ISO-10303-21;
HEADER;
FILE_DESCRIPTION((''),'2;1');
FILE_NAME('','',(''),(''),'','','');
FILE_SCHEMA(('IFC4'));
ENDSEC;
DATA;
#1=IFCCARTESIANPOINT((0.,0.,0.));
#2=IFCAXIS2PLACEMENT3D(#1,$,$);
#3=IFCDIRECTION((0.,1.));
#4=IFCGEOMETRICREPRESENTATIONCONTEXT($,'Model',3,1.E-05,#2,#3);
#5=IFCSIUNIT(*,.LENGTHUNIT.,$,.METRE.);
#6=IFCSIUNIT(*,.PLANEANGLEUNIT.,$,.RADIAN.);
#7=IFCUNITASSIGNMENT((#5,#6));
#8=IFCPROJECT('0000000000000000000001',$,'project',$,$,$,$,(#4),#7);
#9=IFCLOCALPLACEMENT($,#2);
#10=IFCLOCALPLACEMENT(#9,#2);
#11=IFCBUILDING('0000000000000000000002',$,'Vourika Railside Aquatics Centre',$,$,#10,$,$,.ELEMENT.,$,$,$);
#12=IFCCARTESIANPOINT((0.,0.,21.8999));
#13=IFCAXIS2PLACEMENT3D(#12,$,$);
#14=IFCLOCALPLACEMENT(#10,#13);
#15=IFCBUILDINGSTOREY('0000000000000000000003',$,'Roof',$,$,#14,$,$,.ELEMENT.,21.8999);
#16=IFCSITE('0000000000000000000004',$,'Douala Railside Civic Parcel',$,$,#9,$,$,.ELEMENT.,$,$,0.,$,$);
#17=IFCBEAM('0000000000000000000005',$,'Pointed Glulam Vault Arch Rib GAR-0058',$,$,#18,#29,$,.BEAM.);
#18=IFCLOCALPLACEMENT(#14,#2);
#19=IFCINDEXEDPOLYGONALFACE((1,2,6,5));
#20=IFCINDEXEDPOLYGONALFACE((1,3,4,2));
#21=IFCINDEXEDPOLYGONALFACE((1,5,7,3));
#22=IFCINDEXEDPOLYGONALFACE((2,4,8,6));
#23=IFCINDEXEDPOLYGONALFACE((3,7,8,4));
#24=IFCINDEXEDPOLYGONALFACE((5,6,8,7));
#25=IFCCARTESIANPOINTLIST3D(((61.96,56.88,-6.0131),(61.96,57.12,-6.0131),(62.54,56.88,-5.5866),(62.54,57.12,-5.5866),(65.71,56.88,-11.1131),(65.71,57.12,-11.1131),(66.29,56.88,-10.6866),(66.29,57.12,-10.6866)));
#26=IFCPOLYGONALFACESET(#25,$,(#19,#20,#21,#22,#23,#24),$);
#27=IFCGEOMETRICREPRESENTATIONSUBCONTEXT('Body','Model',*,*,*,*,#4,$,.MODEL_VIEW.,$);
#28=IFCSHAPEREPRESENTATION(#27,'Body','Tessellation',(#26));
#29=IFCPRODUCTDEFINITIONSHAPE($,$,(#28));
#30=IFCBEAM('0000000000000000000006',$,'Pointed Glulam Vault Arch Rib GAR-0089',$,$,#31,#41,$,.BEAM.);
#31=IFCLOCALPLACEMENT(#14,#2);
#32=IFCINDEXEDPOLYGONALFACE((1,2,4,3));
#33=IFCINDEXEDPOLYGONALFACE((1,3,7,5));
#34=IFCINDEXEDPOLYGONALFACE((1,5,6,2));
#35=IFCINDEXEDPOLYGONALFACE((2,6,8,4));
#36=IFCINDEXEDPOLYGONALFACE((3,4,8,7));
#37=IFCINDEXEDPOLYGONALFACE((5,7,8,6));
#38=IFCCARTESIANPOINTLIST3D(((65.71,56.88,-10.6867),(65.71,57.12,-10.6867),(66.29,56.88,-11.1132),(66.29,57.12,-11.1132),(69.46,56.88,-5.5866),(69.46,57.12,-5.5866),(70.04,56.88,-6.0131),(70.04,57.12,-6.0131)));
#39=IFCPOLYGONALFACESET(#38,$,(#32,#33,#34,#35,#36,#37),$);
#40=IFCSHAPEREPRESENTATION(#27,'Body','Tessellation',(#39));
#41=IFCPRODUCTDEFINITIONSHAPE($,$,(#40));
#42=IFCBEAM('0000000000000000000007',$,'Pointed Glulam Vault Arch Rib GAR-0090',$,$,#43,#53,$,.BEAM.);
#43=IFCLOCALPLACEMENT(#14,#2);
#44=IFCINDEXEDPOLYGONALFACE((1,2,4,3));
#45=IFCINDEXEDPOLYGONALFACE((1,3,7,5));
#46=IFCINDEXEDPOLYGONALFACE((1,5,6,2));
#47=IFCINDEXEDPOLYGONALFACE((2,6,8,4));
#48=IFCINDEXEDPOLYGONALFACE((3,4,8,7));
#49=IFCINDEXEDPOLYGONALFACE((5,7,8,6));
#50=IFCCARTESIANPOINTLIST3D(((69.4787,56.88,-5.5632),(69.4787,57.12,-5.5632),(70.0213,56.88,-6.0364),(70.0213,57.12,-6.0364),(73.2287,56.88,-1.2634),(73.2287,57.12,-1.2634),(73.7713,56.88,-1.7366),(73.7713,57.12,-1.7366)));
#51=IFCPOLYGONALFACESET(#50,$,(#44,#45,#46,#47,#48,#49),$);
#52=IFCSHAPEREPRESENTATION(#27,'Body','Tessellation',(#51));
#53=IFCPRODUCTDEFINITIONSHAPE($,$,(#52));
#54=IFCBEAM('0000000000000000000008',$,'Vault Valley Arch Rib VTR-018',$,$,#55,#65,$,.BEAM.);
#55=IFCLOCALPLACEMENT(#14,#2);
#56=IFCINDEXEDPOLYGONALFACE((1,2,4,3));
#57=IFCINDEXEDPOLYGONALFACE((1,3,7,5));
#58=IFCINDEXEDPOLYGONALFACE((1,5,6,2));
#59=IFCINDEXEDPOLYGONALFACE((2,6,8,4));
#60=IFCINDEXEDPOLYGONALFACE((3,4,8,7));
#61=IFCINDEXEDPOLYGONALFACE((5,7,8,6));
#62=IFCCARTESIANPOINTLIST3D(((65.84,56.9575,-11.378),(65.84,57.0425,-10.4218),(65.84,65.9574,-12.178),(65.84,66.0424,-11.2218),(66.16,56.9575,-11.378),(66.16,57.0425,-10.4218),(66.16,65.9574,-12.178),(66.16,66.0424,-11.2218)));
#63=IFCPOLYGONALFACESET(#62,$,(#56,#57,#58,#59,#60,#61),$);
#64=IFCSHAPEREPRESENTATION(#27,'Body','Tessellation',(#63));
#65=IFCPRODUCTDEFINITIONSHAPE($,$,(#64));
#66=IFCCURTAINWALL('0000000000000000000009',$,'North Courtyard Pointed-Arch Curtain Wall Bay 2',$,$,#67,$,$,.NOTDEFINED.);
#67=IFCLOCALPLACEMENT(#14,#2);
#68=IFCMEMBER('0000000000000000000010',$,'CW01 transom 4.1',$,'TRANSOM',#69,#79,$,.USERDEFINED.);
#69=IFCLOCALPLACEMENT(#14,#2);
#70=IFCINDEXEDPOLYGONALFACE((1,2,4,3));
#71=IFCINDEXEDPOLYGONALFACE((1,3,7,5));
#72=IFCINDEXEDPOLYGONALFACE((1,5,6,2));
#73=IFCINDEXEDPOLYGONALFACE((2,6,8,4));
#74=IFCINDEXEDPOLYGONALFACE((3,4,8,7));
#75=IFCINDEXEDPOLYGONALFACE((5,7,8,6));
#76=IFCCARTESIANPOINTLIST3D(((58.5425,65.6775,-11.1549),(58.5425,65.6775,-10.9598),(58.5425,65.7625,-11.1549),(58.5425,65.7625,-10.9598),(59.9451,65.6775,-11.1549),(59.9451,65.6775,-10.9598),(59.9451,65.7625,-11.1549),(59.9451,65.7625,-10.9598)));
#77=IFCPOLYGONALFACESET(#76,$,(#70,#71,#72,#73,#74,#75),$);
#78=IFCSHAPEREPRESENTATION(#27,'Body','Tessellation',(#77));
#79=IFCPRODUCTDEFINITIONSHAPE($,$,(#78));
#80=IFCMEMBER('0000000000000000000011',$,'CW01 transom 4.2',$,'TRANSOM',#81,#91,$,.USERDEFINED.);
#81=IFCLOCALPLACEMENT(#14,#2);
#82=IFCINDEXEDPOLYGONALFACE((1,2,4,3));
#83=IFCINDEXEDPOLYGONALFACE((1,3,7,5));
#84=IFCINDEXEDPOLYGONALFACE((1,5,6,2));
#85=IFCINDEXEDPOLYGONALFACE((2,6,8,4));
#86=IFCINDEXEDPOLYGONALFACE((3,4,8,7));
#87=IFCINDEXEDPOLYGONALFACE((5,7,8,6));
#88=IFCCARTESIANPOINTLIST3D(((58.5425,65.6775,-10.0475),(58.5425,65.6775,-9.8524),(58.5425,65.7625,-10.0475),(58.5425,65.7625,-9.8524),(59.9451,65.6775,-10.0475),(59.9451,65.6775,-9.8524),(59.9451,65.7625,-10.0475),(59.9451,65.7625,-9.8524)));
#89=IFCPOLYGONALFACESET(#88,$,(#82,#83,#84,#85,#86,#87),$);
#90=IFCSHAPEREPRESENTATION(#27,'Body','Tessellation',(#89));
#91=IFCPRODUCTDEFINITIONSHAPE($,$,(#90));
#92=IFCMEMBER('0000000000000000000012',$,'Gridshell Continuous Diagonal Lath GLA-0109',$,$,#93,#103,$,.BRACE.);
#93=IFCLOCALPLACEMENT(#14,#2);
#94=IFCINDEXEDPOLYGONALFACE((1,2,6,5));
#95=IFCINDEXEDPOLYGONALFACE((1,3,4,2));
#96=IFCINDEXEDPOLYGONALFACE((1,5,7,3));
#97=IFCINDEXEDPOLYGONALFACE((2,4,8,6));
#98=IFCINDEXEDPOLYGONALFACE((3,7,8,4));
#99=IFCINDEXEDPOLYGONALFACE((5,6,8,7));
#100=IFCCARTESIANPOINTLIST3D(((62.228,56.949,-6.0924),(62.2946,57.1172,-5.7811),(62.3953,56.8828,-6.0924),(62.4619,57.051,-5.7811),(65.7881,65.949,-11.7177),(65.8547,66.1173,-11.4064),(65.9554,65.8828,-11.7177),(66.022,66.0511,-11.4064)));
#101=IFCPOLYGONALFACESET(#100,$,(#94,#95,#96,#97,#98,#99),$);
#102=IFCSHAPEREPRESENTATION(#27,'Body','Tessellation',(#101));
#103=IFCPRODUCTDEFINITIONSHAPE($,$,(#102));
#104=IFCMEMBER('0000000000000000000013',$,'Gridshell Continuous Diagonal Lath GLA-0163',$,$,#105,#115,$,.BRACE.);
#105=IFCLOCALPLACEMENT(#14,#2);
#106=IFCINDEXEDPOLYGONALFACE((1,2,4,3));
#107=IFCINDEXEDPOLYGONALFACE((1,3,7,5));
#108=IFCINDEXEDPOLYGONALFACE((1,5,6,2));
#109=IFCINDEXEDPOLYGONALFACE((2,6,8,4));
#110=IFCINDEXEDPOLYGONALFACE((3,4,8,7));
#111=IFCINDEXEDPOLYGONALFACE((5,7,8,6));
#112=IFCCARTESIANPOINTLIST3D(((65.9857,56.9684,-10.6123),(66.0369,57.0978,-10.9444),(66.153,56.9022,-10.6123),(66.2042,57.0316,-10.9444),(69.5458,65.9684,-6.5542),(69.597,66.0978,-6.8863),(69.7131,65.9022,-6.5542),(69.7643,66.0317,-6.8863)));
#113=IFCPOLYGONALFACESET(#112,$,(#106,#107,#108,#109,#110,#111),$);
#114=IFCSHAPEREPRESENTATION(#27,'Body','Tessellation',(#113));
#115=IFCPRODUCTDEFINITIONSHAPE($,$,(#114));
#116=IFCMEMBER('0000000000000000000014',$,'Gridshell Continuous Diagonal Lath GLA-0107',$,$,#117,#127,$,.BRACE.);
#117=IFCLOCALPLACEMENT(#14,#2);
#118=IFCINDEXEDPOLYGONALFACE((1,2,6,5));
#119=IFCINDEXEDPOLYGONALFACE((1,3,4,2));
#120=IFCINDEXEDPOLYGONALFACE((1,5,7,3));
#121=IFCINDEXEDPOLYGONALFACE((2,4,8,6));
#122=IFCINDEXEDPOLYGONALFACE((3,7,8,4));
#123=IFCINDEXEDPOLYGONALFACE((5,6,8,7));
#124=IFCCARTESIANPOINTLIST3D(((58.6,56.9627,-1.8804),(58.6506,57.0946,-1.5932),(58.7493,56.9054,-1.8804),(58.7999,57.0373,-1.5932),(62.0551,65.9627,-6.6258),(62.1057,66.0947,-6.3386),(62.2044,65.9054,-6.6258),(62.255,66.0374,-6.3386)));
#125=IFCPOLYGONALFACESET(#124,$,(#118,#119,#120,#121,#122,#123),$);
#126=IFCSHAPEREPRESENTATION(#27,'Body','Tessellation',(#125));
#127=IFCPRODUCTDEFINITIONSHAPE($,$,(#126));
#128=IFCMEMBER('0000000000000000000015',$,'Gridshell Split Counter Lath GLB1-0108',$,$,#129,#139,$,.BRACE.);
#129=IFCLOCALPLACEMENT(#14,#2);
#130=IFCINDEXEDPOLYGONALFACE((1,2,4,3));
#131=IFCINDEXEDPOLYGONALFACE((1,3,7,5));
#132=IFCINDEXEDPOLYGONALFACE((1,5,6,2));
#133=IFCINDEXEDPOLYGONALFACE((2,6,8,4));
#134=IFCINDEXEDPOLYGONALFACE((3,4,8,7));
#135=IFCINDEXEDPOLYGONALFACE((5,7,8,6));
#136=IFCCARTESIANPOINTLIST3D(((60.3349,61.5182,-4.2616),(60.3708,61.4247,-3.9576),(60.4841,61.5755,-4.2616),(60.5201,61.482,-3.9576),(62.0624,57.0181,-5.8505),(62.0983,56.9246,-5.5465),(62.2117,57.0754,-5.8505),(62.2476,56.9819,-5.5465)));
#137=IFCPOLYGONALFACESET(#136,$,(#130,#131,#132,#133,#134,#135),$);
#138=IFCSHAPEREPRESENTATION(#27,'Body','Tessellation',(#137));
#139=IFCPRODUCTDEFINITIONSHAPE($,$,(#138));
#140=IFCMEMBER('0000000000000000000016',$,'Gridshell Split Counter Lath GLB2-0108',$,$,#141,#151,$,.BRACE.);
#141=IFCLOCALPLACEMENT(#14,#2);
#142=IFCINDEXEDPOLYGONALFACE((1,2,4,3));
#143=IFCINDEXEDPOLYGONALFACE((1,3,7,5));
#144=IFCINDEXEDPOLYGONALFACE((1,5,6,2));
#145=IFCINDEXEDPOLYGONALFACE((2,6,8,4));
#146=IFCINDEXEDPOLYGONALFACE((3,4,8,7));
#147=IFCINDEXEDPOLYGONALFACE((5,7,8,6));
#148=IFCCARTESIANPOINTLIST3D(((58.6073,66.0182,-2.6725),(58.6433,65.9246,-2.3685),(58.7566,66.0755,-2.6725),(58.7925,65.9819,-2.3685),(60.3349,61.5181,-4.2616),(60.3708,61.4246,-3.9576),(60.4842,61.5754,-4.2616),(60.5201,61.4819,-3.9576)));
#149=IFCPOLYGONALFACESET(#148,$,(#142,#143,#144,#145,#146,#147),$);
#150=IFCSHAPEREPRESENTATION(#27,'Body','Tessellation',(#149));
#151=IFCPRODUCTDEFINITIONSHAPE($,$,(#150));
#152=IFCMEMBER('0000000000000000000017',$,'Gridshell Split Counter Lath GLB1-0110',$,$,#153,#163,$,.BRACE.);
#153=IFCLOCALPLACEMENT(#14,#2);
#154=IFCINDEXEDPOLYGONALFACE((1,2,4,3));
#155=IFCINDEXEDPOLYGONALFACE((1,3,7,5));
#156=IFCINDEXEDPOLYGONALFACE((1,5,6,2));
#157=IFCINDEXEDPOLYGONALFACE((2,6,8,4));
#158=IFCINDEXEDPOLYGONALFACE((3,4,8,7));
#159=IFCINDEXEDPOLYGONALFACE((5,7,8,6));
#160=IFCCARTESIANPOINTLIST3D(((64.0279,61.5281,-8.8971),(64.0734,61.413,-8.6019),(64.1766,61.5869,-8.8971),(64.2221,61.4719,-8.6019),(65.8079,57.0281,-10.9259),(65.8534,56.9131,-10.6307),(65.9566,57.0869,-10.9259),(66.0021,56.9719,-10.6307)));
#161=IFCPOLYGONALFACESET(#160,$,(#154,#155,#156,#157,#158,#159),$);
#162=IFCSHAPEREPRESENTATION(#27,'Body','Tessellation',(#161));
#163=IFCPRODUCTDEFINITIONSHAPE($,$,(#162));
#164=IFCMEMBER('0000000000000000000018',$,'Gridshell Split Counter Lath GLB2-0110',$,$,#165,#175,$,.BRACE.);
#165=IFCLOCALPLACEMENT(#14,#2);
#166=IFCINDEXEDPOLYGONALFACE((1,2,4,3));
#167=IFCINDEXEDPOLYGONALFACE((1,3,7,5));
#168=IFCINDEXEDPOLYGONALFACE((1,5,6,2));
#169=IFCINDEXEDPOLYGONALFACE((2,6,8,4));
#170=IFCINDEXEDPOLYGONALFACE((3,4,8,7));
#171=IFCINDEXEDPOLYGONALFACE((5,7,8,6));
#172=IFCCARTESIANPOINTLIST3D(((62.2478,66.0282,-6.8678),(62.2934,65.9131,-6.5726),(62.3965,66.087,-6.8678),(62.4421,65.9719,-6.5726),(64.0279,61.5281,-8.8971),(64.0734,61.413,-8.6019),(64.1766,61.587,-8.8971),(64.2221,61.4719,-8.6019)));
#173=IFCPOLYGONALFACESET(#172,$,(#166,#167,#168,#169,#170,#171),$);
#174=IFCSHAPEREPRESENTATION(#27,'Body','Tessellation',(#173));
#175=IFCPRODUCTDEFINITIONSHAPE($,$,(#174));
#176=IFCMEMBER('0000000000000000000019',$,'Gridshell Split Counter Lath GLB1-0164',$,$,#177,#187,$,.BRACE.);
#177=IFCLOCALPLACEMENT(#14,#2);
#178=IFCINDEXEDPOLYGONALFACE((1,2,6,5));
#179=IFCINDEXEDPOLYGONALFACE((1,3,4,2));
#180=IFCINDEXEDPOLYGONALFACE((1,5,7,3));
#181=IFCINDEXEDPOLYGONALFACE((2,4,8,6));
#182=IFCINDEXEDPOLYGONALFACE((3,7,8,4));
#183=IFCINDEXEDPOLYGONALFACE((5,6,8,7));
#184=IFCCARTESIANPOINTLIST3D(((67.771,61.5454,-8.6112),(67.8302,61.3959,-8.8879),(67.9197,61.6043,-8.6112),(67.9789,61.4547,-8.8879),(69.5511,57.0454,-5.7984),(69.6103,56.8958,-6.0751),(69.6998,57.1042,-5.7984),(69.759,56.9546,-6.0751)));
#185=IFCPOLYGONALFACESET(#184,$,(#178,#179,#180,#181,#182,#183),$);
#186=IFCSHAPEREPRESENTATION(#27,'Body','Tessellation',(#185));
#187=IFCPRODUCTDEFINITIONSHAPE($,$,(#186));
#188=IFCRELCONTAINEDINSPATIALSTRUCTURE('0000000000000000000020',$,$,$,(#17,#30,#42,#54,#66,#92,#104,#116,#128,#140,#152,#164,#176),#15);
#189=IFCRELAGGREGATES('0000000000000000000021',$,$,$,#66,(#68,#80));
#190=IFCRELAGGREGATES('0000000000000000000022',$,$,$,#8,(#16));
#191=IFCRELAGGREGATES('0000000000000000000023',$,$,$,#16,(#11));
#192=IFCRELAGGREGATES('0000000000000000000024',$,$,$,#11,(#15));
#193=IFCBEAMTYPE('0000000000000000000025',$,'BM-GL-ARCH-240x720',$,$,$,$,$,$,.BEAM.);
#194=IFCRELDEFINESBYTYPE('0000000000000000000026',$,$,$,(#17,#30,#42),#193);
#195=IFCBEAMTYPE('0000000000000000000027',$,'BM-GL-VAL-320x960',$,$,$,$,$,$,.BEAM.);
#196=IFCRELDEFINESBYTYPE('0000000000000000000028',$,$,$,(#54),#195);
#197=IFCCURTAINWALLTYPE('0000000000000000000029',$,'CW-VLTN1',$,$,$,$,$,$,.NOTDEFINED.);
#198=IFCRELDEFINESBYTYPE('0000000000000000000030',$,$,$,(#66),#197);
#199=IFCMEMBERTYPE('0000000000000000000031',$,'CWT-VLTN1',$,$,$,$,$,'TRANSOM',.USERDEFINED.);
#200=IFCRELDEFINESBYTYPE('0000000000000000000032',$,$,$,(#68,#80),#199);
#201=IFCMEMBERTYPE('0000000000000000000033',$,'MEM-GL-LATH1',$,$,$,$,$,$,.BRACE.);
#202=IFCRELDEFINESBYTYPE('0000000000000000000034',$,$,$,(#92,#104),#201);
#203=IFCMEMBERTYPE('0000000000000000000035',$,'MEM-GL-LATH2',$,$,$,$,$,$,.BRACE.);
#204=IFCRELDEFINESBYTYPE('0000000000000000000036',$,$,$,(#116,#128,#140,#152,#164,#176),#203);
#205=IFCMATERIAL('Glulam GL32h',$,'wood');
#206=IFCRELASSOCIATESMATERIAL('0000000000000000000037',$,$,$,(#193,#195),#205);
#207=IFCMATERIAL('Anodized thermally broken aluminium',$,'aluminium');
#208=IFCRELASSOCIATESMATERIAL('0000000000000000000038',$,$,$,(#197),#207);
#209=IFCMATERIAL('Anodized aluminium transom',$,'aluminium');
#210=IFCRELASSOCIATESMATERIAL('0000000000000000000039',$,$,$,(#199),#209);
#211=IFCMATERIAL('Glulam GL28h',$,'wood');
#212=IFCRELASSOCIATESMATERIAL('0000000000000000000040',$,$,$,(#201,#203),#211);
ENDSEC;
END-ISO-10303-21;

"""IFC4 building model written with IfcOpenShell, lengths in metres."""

from ifc_helpers import new_model, si_unit, direction, frame, origin, origin_2d, place, context, subcontext, project, spatial, rectangle, extrude, material, material_profile, profile_set, type_object, element, aggregate, save


model = new_model("IFC4")

# Units and contexts
model_context = context("Model", 3, precision=1e-05, world=origin(), true_north=direction((0.0, 1.0)))
body_context = subcontext(model_context, "Body", "Model", "MODEL_VIEW")
ifc_project = project(units=[si_unit("LENGTHUNIT", "METRE"), si_unit("PLANEANGLEUNIT", "RADIAN")], contexts=[model_context])

# Site, building, storey
site_placement = place(None, origin())
site = spatial("IfcSite", under=ifc_project, at=site_placement, Name="Douala Railside Civic Parcel", CompositionType="ELEMENT", RefElevation=0.0)
building_placement = place(site_placement, origin())
building = spatial("IfcBuilding", under=site, at=building_placement, Name="Vourika Railside Aquatics Centre", CompositionType="ELEMENT")
storey_placement = place(building_placement, frame((0.0, 0.0, 21.8999)))
storey = spatial("IfcBuildingStorey", under=building, at=storey_placement, Name="Roof", CompositionType="ELEMENT", Elevation=21.8999)

# Beams
ifc_material_1 = material(Name="Glulam GL32h", Category="wood")
ifc_material_profile_1 = material_profile(ifc_material_1, rectangle(XDim=0.24, YDim=0.72, at=origin_2d()), Name="GL32h 240x720")
ifc_profile_set_1 = profile_set([ifc_material_profile_1], Name="Glulam GL32h")
beam_type_1 = type_object("IfcBeamType", Name="BM-GL-ARCH-240x720", PredefinedType="BEAM", material=ifc_profile_set_1)
for number, where, z_axis, x_axis, name in (
    (1, (62.25, 57.0, -5.7998), (0.592383, 0.0, -0.805656), (0.0, 1.0, 0.0), "Pointed Glulam Vault Arch Rib GAR-0058"),
    (2, (66.0, 57.0, -10.8999), (0.592383, 0.0, 0.805656), (0.0, 1.0, 0.0), "Pointed Glulam Vault Arch Rib GAR-0089"),
):
    element("IfcBeam", number, at=place(storey_placement, frame(where, z_axis=z_axis, x_axis=x_axis)), inside=storey, type_object=beam_type_1, Name=name, PredefinedType="BEAM", context=body_context, shape_type="SweptSolid", body=[
        extrude(rectangle(XDim=0.24, YDim=0.72, at=origin_2d()), origin(), (0.0, 0.0, 1.0), 6.3303),
    ])
beam_1_placement = place(storey_placement, frame((69.75, 57.0, -5.7998), z_axis=(0.65728, 0.0, 0.753647), x_axis=(0.0, 1.0, 0.0)))
element("IfcBeam", 3, at=beam_1_placement, inside=storey, type_object=beam_type_1, Name="Pointed Glulam Vault Arch Rib GAR-0090", PredefinedType="BEAM", context=body_context, shape_type="SweptSolid", body=[
    extrude(rectangle(XDim=0.24, YDim=0.72, at=origin_2d()), origin(), (0.0, 0.0, 1.0), 5.7053),
])
ifc_material_profile_2 = material_profile(ifc_material_1, rectangle(XDim=0.3201, YDim=0.96, at=origin_2d()), Name="GL32h 320x960")
ifc_profile_set_2 = profile_set([ifc_material_profile_2], Name="Glulam GL32h")
beam_type_2 = type_object("IfcBeamType", Name="BM-GL-VAL-320x960", PredefinedType="BEAM", material=ifc_profile_set_2)
beam_2_placement = place(storey_placement, frame((66.0, 57.0, -10.8999), z_axis=(0.0, 0.996072, -0.088545), x_axis=(-1.0, 0.0, 0.0)))
element("IfcBeam", 4, at=beam_2_placement, inside=storey, type_object=beam_type_2, Name="Vault Valley Arch Rib VTR-018", PredefinedType="BEAM", context=body_context, shape_type="SweptSolid", body=[
    extrude(rectangle(XDim=0.3201, YDim=0.96, at=origin_2d()), origin(), (0.0, 0.0, 1.0), 9.0354),
])

# Curtain wall, members
ifc_material_2 = material(Name="Anodized thermally broken aluminium", Category="aluminium")
curtain_wall_type = type_object("IfcCurtainWallType", Name="CW-VLTN1", PredefinedType="NOTDEFINED", material=ifc_material_2)
curtain_wall_placement = place(storey_placement, origin())
curtain_wall = element("IfcCurtainWall", 5, at=curtain_wall_placement, inside=storey, type_object=curtain_wall_type, Name="North Courtyard Pointed-Arch Curtain Wall Bay 2", PredefinedType="NOTDEFINED")
ifc_material_3 = material(Name="Anodized aluminium transom", Category="aluminium")
ifc_material_profile_3 = material_profile(ifc_material_3, rectangle(XDim=0.085, YDim=0.1951, at=origin_2d()), Name="ALU-T 85x195")
ifc_profile_set_3 = profile_set([ifc_material_profile_3], Name="Anodized aluminium transom")
member_type_1 = type_object("IfcMemberType", Name="CWT-VLTN1", ElementType="TRANSOM", PredefinedType="USERDEFINED", material=ifc_profile_set_3)
member_1_placement = place(storey_placement, frame((59.9451, 65.72, -11.0574), z_axis=(-1.0, 0.0, 0.0), x_axis=(0.0, -1.0, 0.0)))
member_1 = element("IfcMember", 6, at=member_1_placement, type_object=member_type_1, Name="CW01 transom 4.1", ObjectType="TRANSOM", PredefinedType="USERDEFINED", context=body_context, shape_type="SweptSolid", body=[
    extrude(rectangle(XDim=0.085, YDim=0.1951, at=origin_2d()), origin(), (0.0, 0.0, 1.0), 1.4026),
])
member_2_placement = place(storey_placement, frame((59.9451, 65.72, -9.95), z_axis=(-1.0, 0.0, 0.0), x_axis=(0.0, -1.0, 0.0)))
member_2 = element("IfcMember", 7, at=member_2_placement, type_object=member_type_1, Name="CW01 transom 4.2", ObjectType="TRANSOM", PredefinedType="USERDEFINED", context=body_context, shape_type="SweptSolid", body=[
    extrude(rectangle(XDim=0.085, YDim=0.1951, at=origin_2d()), origin(), (0.0, 0.0, 1.0), 1.4026),
])

# Members
ifc_material_4 = material(Name="Glulam GL28h", Category="wood")
ifc_material_profile_4 = material_profile(ifc_material_4, rectangle(XDim=0.1799, YDim=0.3601, at=origin_2d()), Name="GL28h 180x360")
ifc_profile_set_4 = profile_set([ifc_material_profile_4], Name="Glulam GL28h")
member_type_2 = type_object("IfcMemberType", Name="MEM-GL-LATH1", PredefinedType="BRACE", material=ifc_profile_set_4)
member_3_placement = place(storey_placement, frame((62.345, 57.0, -5.9368), z_axis=(0.318018, 0.803964, -0.5025), x_axis=(-0.929893, 0.36783, 0.0)))
element("IfcMember", 8, at=member_3_placement, inside=storey, type_object=member_type_2, Name="Gridshell Continuous Diagonal Lath GLA-0109", PredefinedType="BRACE", context=body_context, shape_type="SweptSolid", body=[
    extrude(rectangle(XDim=0.1799, YDim=0.3601, at=origin_2d()), origin(), (0.0, 0.0, 1.0), 11.1946),
])
member_4_placement = place(storey_placement, frame((66.095, 57.0, -10.7783), z_axis=(0.339219, 0.857562, 0.386675), x_axis=(-0.929893, 0.36783, 0.0)))
element("IfcMember", 9, at=member_4_placement, inside=storey, type_object=member_type_2, Name="Gridshell Continuous Diagonal Lath GLA-0163", PredefinedType="BRACE", context=body_context, shape_type="SweptSolid", body=[
    extrude(rectangle(XDim=0.1799, YDim=0.3601, at=origin_2d()), origin(), (0.0, 0.0, 1.0), 10.4949),
])
ifc_material_profile_5 = material_profile(ifc_material_4, rectangle(XDim=0.1599, YDim=0.3201, at=origin_2d()), Name="GL28h 160x320")
ifc_profile_set_5 = profile_set([ifc_material_profile_5], Name="Glulam GL28h")
member_type_3 = type_object("IfcMemberType", Name="MEM-GL-LATH2", PredefinedType="BRACE", material=ifc_profile_set_5)
member_5_placement = place(storey_placement, frame((58.7, 57.0, -1.7368), z_axis=(0.321551, 0.837595, -0.441632), x_axis=(-0.93357, 0.358395, 0.0)))
element("IfcMember", 10, at=member_5_placement, inside=storey, type_object=member_type_3, Name="Gridshell Continuous Diagonal Lath GLA-0107", PredefinedType="BRACE", context=body_context, shape_type="SweptSolid", body=[
    extrude(rectangle(XDim=0.1599, YDim=0.3201, at=origin_2d()), origin(), (0.0, 0.0, 1.0), 10.7451),
])
for number, where, z_axis, x_axis, name in (
    (11, (62.155, 57.0, -5.6985), (-0.34038, 0.886643, 0.313057), (-0.93357, -0.358395, 0.0), "Gridshell Split Counter Lath GLB1-0108"),
    (12, (60.4275, 61.5, -4.1096), (-0.340375, 0.88663, 0.313101), (-0.93357, -0.358395, 0.0), "Gridshell Split Counter Lath GLB2-0108"),
):
    element("IfcMember", number, at=place(storey_placement, frame(where, z_axis=z_axis, x_axis=x_axis)), inside=storey, type_object=member_type_3, Name=name, PredefinedType="BRACE", context=body_context, shape_type="SweptSolid", body=[
        extrude(rectangle(XDim=0.1599, YDim=0.3201, at=origin_2d()), origin(), (0.0, 0.0, 1.0), 5.0754),
    ])
member_6_placement = place(storey_placement, frame((65.905, 57.0, -10.7783), z_axis=(-0.339225, 0.857577, 0.386636), x_axis=(-0.929893, -0.36783, 0.0)))
element("IfcMember", 13, at=member_6_placement, inside=storey, type_object=member_type_3, Name="Gridshell Split Counter Lath GLB1-0110", PredefinedType="BRACE", context=body_context, shape_type="SweptSolid", body=[
    extrude(rectangle(XDim=0.1599, YDim=0.3201, at=origin_2d()), origin(), (0.0, 0.0, 1.0), 5.2473),
])
member_7_placement = place(storey_placement, frame((64.125, 61.5, -8.7495), z_axis=(-0.339213, 0.857547, 0.386715), x_axis=(-0.929893, -0.36783, 0.0)))
element("IfcMember", 14, at=member_7_placement, inside=storey, type_object=member_type_3, Name="Gridshell Split Counter Lath GLB2-0110", PredefinedType="BRACE", context=body_context, shape_type="SweptSolid", body=[
    extrude(rectangle(XDim=0.1599, YDim=0.3201, at=origin_2d()), origin(), (0.0, 0.0, 1.0), 5.2476),
])
member_8_placement = place(storey_placement, frame((69.655, 57.0, -5.9368), z_axis=(-0.318014, 0.803956, -0.502516), x_axis=(-0.929893, -0.36783, 0.0)))
element("IfcMember", 15, at=member_8_placement, inside=storey, type_object=member_type_3, Name="Gridshell Split Counter Lath GLB1-0164", PredefinedType="BRACE", context=body_context, shape_type="SweptSolid", body=[
    extrude(rectangle(XDim=0.1599, YDim=0.3201, at=origin_2d()), origin(), (0.0, 0.0, 1.0), 5.5974),
])

aggregate(curtain_wall, [member_1, member_2])

save(model, "model.ifc")
